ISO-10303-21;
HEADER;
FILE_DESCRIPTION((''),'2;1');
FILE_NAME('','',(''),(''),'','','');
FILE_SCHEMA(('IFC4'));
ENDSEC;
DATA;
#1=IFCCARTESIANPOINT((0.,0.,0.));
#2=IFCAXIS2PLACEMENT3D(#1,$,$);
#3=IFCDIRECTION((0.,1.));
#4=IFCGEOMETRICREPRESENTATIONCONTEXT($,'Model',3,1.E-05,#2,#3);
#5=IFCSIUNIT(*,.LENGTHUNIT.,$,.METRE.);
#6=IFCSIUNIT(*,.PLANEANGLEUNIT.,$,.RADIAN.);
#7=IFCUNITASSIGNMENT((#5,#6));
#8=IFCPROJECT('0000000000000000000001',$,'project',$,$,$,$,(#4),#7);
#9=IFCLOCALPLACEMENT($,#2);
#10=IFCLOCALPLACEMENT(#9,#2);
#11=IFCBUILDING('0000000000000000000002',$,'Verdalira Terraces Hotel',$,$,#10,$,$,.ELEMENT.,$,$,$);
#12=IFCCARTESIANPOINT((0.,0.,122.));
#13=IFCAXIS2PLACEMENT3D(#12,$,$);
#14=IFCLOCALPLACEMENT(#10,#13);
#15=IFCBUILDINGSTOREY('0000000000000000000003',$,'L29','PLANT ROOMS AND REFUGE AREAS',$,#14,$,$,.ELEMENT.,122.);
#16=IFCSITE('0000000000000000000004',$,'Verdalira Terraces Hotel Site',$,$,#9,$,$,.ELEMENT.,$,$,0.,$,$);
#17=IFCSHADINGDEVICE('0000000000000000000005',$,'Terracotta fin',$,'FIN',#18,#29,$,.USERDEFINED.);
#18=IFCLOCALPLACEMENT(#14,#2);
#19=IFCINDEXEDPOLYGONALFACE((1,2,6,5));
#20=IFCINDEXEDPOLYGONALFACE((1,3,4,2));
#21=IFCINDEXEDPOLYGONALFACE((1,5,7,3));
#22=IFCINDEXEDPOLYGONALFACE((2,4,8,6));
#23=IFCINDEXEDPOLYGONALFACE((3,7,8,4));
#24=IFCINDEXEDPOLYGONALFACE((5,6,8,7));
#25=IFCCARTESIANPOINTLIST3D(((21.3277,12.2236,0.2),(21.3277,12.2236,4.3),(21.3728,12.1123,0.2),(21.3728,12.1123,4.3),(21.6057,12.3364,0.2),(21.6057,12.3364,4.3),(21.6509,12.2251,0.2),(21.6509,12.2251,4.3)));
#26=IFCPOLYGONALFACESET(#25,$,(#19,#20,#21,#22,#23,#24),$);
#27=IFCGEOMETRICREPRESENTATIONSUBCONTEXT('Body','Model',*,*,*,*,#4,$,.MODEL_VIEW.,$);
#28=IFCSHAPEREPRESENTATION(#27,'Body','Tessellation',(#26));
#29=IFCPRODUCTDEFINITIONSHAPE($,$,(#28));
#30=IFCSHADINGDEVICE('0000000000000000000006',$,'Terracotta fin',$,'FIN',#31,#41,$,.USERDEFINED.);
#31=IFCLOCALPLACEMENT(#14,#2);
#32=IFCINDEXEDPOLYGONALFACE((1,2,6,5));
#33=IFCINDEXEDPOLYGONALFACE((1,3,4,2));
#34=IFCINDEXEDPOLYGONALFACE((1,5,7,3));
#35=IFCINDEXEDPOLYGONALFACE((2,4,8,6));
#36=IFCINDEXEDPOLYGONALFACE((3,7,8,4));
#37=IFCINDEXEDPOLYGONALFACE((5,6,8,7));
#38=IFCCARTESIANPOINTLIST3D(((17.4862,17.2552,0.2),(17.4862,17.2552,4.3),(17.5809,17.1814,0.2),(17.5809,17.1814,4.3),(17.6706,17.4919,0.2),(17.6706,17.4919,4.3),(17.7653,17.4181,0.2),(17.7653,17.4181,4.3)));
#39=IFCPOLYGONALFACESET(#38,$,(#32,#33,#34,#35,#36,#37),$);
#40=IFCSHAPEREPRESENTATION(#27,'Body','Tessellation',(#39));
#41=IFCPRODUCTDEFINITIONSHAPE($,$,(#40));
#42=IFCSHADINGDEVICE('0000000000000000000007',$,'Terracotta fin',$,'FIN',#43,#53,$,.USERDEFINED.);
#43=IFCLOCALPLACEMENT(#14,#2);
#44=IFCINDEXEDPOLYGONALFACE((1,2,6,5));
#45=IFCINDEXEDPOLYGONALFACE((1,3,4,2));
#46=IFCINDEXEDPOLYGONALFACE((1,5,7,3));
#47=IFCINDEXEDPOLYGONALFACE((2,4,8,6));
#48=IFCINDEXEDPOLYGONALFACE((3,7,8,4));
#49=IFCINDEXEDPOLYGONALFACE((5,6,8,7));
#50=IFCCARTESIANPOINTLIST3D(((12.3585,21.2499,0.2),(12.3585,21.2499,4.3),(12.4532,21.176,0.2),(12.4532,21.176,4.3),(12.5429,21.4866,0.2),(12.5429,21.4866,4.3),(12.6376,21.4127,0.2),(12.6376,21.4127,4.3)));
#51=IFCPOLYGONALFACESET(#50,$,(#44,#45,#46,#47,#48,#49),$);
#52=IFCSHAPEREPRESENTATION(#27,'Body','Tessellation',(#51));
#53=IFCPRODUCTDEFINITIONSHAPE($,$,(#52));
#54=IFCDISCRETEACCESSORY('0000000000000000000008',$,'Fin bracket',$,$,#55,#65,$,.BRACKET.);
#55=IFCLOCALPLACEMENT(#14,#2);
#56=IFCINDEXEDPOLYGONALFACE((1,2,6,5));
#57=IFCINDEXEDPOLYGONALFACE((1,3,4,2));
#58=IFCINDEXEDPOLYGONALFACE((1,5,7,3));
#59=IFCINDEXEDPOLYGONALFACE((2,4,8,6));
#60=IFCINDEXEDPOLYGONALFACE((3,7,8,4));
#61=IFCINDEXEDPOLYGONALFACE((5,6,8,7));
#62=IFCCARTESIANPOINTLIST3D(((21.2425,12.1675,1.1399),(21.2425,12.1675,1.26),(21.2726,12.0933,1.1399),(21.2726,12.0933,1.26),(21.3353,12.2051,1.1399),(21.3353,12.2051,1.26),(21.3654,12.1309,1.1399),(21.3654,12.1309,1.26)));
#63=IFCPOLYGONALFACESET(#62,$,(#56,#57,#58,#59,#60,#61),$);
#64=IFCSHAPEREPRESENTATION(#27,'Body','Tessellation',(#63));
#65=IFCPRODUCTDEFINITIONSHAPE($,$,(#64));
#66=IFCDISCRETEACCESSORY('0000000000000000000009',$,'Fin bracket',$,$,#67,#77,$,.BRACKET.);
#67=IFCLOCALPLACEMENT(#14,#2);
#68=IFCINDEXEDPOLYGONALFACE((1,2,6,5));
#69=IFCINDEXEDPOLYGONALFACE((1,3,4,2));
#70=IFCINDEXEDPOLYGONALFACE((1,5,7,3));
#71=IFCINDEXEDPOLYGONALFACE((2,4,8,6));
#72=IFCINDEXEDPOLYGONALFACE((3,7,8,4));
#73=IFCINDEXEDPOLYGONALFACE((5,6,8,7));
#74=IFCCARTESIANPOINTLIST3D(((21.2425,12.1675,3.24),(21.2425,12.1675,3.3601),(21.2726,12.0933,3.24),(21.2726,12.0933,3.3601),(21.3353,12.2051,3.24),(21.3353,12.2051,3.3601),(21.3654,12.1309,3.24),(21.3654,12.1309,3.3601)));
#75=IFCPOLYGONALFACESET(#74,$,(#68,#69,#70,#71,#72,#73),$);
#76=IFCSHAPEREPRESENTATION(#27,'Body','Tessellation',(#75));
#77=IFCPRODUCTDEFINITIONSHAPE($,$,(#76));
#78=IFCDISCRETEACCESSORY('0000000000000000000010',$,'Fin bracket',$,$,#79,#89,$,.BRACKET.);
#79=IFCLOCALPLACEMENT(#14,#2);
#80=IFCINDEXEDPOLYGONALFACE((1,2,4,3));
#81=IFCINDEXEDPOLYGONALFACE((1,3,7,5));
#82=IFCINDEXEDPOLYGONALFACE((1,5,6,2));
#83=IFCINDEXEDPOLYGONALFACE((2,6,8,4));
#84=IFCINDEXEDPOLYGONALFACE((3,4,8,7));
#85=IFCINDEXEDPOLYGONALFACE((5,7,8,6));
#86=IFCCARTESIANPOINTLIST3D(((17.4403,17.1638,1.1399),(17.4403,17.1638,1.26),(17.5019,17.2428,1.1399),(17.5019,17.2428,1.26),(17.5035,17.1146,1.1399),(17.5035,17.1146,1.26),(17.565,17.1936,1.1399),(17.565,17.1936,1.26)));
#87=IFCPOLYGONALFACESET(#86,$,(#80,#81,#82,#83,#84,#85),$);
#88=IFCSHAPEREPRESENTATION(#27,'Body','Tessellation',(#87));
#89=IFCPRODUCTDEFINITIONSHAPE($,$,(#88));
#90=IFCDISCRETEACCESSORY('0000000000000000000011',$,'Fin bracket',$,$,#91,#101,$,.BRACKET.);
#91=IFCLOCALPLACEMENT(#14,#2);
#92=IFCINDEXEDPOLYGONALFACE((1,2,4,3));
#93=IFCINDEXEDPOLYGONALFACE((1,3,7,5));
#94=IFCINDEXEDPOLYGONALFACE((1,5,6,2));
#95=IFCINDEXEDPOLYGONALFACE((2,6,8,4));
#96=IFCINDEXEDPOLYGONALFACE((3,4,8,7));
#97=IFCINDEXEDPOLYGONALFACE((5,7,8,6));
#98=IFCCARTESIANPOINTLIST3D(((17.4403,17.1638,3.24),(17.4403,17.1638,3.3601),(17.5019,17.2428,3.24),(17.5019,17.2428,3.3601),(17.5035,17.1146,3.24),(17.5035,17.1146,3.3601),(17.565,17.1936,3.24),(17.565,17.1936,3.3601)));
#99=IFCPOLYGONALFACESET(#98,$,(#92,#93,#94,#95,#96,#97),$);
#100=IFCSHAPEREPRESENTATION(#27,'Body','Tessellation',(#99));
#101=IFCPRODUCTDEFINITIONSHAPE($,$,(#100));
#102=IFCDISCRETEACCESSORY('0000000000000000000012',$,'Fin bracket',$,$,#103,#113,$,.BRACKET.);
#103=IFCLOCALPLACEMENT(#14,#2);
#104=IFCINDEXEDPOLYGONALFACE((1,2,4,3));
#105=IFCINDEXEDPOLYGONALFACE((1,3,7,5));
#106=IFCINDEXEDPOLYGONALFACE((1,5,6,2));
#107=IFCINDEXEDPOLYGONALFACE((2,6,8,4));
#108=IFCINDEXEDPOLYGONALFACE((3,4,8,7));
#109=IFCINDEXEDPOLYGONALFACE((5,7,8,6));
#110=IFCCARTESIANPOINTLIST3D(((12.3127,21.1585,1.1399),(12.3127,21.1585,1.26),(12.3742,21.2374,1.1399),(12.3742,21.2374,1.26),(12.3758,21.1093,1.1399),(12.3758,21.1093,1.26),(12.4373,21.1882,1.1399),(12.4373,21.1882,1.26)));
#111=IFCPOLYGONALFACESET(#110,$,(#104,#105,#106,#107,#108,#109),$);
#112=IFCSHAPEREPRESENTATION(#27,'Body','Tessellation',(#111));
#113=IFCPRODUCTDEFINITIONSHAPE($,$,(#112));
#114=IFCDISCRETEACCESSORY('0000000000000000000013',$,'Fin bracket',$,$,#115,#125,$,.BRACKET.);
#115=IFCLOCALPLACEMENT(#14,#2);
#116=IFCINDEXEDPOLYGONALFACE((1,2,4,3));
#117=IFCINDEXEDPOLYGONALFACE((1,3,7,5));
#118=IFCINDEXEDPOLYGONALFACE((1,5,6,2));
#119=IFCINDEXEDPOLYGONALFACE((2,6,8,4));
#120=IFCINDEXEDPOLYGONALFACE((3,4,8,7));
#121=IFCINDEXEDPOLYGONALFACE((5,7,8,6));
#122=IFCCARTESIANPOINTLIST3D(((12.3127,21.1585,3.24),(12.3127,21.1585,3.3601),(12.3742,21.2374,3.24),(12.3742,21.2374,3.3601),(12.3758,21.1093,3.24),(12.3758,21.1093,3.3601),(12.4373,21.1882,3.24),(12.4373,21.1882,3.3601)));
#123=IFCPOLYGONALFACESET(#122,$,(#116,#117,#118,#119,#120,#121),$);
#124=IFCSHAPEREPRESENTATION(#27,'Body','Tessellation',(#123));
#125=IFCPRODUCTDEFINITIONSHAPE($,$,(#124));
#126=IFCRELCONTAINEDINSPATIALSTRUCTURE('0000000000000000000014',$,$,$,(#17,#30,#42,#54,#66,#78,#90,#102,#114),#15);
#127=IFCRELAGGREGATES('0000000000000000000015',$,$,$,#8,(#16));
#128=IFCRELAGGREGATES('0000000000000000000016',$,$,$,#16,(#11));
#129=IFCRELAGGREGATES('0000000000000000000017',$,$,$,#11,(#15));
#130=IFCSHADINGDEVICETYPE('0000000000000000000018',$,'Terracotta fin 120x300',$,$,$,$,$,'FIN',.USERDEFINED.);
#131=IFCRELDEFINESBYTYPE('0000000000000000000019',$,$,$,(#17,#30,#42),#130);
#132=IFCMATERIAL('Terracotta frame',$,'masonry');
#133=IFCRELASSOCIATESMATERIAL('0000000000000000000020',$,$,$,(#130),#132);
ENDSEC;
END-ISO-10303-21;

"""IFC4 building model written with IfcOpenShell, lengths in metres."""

from ifc_helpers import new_model, si_unit, direction, frame, origin, origin_2d, place, context, subcontext, project, spatial, rectangle, extrude, material, material_profile, profile_set, type_object, element, save


model = new_model("IFC4")

# Units and contexts
model_context = context("Model", 3, precision=1e-05, world=origin(), true_north=direction((0.0, 1.0)))
body_context = subcontext(model_context, "Body", "Model", "MODEL_VIEW")
ifc_project = project(units=[si_unit("LENGTHUNIT", "METRE"), si_unit("PLANEANGLEUNIT", "RADIAN")], contexts=[model_context])

# Site, building, storey
site_placement = place(None, origin())
site = spatial("IfcSite", under=ifc_project, at=site_placement, Name="Verdalira Terraces Hotel Site", CompositionType="ELEMENT", RefElevation=0.0)
building_placement = place(site_placement, origin())
building = spatial("IfcBuilding", under=site, at=building_placement, Name="Verdalira Terraces Hotel", CompositionType="ELEMENT")
storey_placement = place(building_placement, frame((0.0, 0.0, 122.0)))
storey = spatial("IfcBuildingStorey", under=building, at=storey_placement, Name="L29", Description="PLANT ROOMS AND REFUGE AREAS", CompositionType="ELEMENT", Elevation=122.0)

# Shading devices
ifc_material_1 = material(Name="Terracotta frame", Category="masonry")
ifc_material_profile_1 = material_profile(ifc_material_1, rectangle(XDim=0.1201, YDim=0.3, at=origin_2d()), Name="FIN 120x300")
ifc_profile_set_1 = profile_set([ifc_material_profile_1], Name="Terracotta frame")
shading_device_type = type_object("IfcShadingDeviceType", Name="Terracotta fin 120x300", ElementType="FIN", PredefinedType="USERDEFINED", material=ifc_profile_set_1)
for number, where, z_axis, x_axis, name in (
    (1, (21.4893, 12.2244, 0.2), (0.0, 0.0, 1.0), (-0.375901, 0.92666, 0.0), "Terracotta fin"),
    (2, (17.6257, 17.3367, 0.2), (0.0, 0.0, 1.0), (-0.78887, 0.614561, 0.0), "Terracotta fin"),
    (3, (12.498, 21.3313, 0.2), (0.0, 0.0, 1.0), (-0.78887, 0.614561, 0.0), "Terracotta fin"),
):
    element("IfcShadingDevice", number, at=place(storey_placement, frame(where, z_axis=z_axis, x_axis=x_axis)), inside=storey, type_object=shading_device_type, Name=name, ObjectType="FIN", PredefinedType="USERDEFINED", context=body_context, shape_type="SweptSolid", body=[
        extrude(rectangle(XDim=0.1201, YDim=0.3, at=origin_2d()), origin(), (0.0, 0.0, 1.0), 4.1001),
    ])

# Discrete accessories
for number, where, z_axis, x_axis, name in (
    (4, (21.304, 12.1492, 1.1399), (0.0, 0.0, 1.0), (-0.375901, 0.92666, 0.0), "Fin bracket"),
    (5, (21.304, 12.1492, 3.24), (0.0, 0.0, 1.0), (-0.375901, 0.92666, 0.0), "Fin bracket"),
    (6, (17.5027, 17.1787, 1.1399), (0.0, 0.0, 1.0), (-0.78887, 0.614561, 0.0), "Fin bracket"),
    (7, (17.5027, 17.1787, 3.24), (0.0, 0.0, 1.0), (-0.78887, 0.614561, 0.0), "Fin bracket"),
    (8, (12.375, 21.1733, 1.1399), (0.0, 0.0, 1.0), (-0.78887, 0.614561, 0.0), "Fin bracket"),
    (9, (12.375, 21.1733, 3.24), (0.0, 0.0, 1.0), (-0.78887, 0.614561, 0.0), "Fin bracket"),
):
    element("IfcDiscreteAccessory", number, at=place(storey_placement, frame(where, z_axis=z_axis, x_axis=x_axis)), inside=storey, Name=name, PredefinedType="BRACKET", context=body_context, shape_type="SweptSolid", body=[
        extrude(rectangle(XDim=0.0801, YDim=0.1001, at=origin_2d()), origin(), (0.0, 0.0, 1.0), 0.1201),
    ])

save(model, "model.ifc")
